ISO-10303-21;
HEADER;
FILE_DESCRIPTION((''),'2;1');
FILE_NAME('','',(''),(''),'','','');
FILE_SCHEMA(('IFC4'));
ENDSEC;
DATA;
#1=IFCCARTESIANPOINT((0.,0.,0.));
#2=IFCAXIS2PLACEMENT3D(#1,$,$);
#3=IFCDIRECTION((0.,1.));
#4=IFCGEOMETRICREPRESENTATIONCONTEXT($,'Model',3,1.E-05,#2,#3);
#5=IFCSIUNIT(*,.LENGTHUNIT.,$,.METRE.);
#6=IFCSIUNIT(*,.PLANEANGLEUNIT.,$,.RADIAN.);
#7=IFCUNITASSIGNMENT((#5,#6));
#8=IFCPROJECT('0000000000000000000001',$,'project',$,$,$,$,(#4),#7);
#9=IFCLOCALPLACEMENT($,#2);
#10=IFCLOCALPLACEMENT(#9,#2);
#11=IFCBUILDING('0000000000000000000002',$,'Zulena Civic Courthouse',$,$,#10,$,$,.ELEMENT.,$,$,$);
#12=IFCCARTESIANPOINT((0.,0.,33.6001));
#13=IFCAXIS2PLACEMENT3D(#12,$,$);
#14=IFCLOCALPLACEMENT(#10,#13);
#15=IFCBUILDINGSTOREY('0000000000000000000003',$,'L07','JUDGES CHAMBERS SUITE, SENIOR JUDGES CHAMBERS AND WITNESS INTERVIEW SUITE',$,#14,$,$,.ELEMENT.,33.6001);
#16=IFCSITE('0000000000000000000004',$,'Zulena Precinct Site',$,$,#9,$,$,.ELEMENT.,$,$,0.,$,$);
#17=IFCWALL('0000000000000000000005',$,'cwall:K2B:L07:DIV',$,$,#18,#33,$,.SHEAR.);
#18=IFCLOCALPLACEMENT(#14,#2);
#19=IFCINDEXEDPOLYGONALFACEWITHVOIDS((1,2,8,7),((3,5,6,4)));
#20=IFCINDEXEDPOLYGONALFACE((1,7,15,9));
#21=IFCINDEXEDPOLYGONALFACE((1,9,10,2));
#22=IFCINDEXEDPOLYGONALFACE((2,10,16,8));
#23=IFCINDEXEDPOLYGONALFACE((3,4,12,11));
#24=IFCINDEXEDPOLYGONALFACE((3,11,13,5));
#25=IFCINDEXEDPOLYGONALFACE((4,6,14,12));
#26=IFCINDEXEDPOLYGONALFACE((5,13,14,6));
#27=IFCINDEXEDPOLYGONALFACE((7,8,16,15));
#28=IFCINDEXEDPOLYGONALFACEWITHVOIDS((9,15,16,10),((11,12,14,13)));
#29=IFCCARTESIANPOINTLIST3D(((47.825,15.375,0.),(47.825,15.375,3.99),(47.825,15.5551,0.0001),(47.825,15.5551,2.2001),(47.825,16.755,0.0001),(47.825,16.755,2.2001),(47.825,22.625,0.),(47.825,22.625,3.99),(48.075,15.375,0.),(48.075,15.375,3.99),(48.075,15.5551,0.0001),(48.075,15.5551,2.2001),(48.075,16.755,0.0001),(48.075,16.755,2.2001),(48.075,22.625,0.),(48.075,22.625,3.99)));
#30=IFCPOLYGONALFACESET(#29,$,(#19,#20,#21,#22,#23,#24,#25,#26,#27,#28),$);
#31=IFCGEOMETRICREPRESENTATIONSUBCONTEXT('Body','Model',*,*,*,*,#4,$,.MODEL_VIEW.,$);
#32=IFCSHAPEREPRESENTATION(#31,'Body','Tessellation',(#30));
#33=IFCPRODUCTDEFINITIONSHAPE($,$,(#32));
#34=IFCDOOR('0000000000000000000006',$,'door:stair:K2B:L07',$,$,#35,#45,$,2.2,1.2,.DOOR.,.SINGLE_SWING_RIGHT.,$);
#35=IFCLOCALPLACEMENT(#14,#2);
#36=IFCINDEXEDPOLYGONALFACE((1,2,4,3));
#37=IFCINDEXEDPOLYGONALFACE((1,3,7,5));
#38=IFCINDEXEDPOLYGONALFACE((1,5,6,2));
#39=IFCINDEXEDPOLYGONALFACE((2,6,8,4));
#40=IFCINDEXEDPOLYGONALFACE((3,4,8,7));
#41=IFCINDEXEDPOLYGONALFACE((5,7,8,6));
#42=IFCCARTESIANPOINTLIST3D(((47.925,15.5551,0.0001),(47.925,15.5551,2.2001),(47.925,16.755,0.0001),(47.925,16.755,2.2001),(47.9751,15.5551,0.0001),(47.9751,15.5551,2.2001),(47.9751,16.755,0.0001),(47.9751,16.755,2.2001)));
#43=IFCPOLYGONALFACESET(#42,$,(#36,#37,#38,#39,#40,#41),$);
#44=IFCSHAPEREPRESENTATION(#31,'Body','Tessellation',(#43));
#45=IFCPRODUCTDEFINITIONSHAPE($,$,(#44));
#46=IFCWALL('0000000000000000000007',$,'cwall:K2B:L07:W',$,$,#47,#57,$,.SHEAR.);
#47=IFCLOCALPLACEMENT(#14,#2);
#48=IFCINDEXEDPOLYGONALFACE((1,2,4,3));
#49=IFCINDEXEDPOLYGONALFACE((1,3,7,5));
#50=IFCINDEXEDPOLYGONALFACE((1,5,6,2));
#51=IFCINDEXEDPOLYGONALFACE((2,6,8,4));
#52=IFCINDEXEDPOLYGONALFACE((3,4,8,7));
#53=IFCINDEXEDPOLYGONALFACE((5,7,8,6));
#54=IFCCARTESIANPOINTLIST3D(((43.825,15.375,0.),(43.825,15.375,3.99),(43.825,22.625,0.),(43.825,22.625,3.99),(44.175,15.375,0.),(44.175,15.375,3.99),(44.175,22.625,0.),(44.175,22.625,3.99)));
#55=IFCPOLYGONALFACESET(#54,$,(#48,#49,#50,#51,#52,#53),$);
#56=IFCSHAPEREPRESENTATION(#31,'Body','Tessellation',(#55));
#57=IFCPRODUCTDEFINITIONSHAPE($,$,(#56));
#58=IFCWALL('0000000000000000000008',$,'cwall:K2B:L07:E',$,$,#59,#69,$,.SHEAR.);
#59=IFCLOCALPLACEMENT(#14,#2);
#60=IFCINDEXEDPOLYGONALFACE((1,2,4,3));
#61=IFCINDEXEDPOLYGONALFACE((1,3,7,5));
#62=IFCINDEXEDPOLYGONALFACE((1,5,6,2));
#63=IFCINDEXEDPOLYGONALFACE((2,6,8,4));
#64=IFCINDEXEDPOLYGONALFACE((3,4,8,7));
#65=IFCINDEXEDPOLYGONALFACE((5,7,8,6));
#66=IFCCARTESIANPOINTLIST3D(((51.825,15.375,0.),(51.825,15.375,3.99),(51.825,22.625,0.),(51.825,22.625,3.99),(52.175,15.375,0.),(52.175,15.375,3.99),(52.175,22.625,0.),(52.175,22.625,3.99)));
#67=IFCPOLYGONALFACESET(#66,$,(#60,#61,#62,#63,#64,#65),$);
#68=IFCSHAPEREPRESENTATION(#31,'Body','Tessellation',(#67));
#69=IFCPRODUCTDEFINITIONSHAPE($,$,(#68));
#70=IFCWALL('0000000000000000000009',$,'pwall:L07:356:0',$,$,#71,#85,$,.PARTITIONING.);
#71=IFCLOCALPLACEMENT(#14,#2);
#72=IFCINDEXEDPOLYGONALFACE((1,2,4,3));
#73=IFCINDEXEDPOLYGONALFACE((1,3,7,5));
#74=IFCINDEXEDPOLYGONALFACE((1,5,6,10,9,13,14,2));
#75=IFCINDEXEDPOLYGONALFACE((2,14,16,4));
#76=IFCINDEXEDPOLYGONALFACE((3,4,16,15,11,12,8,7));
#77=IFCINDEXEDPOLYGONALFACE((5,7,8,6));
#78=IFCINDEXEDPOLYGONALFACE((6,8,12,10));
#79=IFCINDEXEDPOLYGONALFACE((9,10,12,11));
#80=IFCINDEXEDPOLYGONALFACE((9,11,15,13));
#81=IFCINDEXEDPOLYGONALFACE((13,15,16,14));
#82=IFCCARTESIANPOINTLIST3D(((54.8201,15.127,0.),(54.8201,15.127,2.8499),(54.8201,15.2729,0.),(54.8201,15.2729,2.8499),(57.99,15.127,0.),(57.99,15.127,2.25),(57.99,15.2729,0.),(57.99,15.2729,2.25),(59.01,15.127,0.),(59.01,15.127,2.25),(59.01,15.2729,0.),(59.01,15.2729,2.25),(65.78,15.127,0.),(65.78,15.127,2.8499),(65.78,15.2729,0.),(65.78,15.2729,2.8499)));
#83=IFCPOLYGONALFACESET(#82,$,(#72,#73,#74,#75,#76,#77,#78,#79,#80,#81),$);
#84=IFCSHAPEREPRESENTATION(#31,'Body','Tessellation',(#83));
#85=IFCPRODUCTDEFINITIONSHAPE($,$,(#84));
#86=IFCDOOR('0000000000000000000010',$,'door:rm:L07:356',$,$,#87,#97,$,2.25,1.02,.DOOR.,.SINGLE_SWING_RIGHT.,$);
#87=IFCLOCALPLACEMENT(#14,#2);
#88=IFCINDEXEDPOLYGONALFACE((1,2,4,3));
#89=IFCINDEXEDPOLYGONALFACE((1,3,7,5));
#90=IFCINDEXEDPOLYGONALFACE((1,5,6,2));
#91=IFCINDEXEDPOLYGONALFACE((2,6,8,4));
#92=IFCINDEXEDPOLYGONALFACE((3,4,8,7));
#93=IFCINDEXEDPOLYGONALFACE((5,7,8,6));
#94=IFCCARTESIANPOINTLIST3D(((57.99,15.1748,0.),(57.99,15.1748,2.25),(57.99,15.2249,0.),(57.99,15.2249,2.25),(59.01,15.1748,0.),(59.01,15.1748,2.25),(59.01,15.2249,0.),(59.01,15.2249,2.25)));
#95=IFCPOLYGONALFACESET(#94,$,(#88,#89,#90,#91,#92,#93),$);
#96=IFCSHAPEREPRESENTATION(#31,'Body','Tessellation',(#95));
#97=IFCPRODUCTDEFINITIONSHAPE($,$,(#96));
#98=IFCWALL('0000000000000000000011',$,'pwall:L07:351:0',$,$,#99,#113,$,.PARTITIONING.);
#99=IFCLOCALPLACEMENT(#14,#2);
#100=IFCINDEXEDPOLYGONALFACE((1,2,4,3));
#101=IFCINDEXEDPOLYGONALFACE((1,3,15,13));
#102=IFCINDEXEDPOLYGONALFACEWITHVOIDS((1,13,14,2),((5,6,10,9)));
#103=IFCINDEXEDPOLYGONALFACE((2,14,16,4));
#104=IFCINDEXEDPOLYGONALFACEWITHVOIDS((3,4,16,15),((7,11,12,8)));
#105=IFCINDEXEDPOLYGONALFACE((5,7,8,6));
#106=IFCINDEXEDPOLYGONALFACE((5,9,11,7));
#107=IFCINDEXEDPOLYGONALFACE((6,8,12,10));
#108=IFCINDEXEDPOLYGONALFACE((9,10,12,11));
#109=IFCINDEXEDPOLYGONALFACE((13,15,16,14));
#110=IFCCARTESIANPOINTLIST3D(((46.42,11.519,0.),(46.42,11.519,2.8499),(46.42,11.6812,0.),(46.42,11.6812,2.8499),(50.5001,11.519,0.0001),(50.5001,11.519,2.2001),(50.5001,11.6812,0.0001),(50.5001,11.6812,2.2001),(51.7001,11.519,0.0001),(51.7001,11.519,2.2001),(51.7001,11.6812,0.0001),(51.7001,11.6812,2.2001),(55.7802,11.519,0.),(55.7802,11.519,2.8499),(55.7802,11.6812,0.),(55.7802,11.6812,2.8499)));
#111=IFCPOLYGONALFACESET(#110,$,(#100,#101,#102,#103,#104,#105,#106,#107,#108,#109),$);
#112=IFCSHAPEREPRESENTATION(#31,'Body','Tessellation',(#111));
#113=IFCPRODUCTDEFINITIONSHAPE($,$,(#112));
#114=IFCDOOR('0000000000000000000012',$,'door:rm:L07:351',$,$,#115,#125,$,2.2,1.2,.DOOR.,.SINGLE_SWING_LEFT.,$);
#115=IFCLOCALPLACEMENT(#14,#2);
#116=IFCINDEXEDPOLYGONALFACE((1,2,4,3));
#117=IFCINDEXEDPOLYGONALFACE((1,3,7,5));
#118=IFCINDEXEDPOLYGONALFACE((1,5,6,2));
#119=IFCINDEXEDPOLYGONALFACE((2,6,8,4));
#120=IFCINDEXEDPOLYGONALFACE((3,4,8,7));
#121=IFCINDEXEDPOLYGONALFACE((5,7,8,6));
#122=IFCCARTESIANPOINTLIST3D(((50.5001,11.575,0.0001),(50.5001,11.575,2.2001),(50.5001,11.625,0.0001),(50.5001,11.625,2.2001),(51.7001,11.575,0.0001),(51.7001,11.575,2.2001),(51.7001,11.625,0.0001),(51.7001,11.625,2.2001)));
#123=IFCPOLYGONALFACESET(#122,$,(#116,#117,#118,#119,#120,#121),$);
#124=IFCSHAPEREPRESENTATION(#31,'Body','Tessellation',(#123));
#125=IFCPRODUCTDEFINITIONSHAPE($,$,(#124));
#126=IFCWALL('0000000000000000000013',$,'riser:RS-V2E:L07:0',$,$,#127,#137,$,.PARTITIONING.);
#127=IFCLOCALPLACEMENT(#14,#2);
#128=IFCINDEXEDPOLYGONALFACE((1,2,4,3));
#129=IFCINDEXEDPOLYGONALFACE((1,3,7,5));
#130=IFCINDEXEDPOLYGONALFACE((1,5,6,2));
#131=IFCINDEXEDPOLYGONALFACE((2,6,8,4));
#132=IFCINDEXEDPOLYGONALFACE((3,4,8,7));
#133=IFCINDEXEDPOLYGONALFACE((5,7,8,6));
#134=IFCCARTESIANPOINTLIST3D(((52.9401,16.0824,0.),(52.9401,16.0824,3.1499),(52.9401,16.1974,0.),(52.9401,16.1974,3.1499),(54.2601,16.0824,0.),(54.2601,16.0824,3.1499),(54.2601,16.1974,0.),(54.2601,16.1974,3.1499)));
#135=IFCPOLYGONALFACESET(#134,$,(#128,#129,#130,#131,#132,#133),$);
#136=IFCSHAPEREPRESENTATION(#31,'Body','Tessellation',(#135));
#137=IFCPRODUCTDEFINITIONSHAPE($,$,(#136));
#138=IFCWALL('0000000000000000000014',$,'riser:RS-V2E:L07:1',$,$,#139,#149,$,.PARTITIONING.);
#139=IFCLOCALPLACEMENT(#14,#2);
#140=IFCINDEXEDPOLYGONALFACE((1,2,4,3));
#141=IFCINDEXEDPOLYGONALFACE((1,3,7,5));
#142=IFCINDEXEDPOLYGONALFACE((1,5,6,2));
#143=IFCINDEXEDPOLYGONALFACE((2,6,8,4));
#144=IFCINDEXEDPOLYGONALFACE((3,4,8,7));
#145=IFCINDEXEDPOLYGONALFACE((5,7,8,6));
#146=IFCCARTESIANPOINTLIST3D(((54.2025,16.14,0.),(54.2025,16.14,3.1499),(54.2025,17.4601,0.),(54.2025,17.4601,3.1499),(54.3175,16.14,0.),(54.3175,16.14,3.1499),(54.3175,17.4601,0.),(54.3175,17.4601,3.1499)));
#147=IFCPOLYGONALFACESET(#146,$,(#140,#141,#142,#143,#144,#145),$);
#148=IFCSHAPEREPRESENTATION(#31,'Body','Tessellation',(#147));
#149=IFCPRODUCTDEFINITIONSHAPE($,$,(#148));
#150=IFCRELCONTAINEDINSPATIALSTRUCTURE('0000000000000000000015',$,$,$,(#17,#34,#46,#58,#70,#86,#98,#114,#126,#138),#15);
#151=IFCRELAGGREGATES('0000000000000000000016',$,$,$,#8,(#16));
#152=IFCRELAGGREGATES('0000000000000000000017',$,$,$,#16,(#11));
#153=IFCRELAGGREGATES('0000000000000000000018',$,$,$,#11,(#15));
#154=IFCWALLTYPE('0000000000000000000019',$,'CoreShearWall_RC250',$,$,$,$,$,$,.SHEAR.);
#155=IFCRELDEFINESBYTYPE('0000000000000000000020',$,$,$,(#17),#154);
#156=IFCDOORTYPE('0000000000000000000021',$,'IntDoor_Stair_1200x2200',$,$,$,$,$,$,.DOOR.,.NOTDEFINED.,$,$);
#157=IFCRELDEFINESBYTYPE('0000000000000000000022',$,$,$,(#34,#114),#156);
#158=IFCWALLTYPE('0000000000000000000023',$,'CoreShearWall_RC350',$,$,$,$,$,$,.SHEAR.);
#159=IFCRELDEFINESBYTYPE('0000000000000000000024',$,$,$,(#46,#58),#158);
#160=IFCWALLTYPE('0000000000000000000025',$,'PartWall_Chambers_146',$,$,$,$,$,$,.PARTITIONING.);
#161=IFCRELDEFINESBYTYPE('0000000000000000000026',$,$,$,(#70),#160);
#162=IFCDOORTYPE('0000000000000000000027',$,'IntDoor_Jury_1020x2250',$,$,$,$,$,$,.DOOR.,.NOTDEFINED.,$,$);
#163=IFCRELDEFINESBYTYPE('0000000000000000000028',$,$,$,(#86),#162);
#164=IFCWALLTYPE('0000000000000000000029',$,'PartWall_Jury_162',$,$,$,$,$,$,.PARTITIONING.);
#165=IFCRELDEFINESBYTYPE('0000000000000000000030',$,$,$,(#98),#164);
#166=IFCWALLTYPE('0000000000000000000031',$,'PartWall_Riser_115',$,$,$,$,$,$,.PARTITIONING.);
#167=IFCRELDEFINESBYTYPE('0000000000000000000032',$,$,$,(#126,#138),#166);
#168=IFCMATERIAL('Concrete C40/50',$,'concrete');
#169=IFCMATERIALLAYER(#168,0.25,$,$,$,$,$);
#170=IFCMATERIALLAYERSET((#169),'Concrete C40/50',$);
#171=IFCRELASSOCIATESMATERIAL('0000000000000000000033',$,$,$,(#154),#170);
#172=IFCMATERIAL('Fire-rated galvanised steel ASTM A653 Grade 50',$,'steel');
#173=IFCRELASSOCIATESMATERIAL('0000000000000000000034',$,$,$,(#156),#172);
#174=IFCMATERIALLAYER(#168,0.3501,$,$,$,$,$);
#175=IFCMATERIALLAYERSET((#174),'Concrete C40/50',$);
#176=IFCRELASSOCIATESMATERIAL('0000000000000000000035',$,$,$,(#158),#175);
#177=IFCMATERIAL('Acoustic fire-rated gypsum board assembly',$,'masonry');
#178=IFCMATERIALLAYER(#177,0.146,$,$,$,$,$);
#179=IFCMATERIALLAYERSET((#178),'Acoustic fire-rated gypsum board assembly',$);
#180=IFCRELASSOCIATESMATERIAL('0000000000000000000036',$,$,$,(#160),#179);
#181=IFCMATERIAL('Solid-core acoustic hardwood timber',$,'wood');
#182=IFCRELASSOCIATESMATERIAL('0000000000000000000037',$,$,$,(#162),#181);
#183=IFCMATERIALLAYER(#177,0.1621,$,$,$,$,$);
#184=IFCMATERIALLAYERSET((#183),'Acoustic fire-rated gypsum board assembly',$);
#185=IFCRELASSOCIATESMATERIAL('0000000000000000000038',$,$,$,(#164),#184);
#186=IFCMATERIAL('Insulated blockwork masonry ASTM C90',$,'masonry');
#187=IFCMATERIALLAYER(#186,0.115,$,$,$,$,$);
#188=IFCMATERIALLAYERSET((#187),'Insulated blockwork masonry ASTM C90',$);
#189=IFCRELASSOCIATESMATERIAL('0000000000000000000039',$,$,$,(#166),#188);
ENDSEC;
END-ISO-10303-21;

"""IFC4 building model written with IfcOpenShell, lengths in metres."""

from ifc_helpers import new_model, si_unit, direction, frame, frame_2d, origin, place, context, subcontext, project, spatial, rectangle, extrude, material, layer, layer_set, type_object, element, fill, save


model = new_model("IFC4")

# Units and contexts
model_context = context("Model", 3, precision=1e-05, world=origin(), true_north=direction((0.0, 1.0)))
body_context = subcontext(model_context, "Body", "Model", "MODEL_VIEW")
ifc_project = project(units=[si_unit("LENGTHUNIT", "METRE"), si_unit("PLANEANGLEUNIT", "RADIAN")], contexts=[model_context])

# Site, building, storey
site_placement = place(None, origin())
site = spatial("IfcSite", under=ifc_project, at=site_placement, Name="Zulena Precinct Site", CompositionType="ELEMENT", RefElevation=0.0)
building_placement = place(site_placement, origin())
building = spatial("IfcBuilding", under=site, at=building_placement, Name="Zulena Civic Courthouse", CompositionType="ELEMENT")
storey_placement = place(building_placement, frame((0.0, 0.0, 33.6001)))
storey = spatial("IfcBuildingStorey", under=building, at=storey_placement, Name="L07", Description="JUDGES CHAMBERS SUITE, SENIOR JUDGES CHAMBERS AND WITNESS INTERVIEW SUITE", CompositionType="ELEMENT", Elevation=33.6001)

# Wall, opening, door
ifc_material_1 = material(Name="Concrete C40/50", Category="concrete")
ifc_layer_1 = layer(ifc_material_1, 0.25)
ifc_layer_set_1 = layer_set([ifc_layer_1], Name="Concrete C40/50")
wall_type_1 = type_object("IfcWallType", Name="CoreShearWall_RC250", PredefinedType="SHEAR", material=ifc_layer_set_1)
wall_1_placement = place(storey_placement, frame((47.95, 15.375, 0.0), z_axis=(0.0, 0.0, 1.0), x_axis=(0.0, 1.0, 0.0)))
wall_1 = element("IfcWall", 1, at=wall_1_placement, inside=storey, type_object=wall_type_1, Name="cwall:K2B:L07:DIV", PredefinedType="SHEAR", context=body_context, shape_type="SweptSolid", body=[
    extrude(rectangle(XDim=7.25, YDim=0.25, at=frame_2d((3.625, 0.0))), origin(), (0.0, 0.0, 1.0), 3.99),
])
opening_1_placement = place(wall_1_placement, frame((0.1799, 0.0, 0.0)))
opening_1 = element("IfcOpeningElement", 2, at=opening_1_placement, cuts=wall_1, PredefinedType="OPENING", context=body_context, shape_type="SweptSolid", body=[
    extrude(rectangle(XDim=1.2, YDim=2.2, at=frame_2d((0.6001, 1.1001))), frame((0.0, 0.135, 0.0), z_axis=(0.0, -1.0, 0.0), x_axis=(1.0, 0.0, 0.0)), (0.0, 0.0, 1.0), 0.27),
])
ifc_material_2 = material(Name="Fire-rated galvanised steel ASTM A653 Grade 50", Category="steel")
door_type_1 = type_object("IfcDoorType", Name="IntDoor_Stair_1200x2200", OperationType="NOTDEFINED", PredefinedType="DOOR", material=ifc_material_2)
door_1_placement = place(opening_1_placement, origin())
door_1 = element("IfcDoor", 3, at=door_1_placement, inside=storey, type_object=door_type_1, Name="door:stair:K2B:L07", OperationType="SINGLE_SWING_RIGHT", OverallHeight=2.2, OverallWidth=1.2, PredefinedType="DOOR", context=body_context, shape_type="SweptSolid", body=[
    extrude(rectangle(XDim=1.2, YDim=2.2, at=frame_2d((0.6001, 1.1001))), frame((0.0, 0.0249, 0.0), z_axis=(0.0, -1.0, 0.0), x_axis=(1.0, 0.0, 0.0)), (0.0, 0.0, 1.0), 0.05),
])
fill(opening_1, door_1)

# Walls
ifc_layer_2 = layer(ifc_material_1, 0.3501)
ifc_layer_set_2 = layer_set([ifc_layer_2], Name="Concrete C40/50")
wall_type_2 = type_object("IfcWallType", Name="CoreShearWall_RC350", PredefinedType="SHEAR", material=ifc_layer_set_2)
for number, where, z_axis, x_axis, name in (
    (4, (44.0, 15.375, 0.0), (0.0, 0.0, 1.0), (0.0, 1.0, 0.0), "cwall:K2B:L07:W"),
    (5, (52.0, 15.375, 0.0), (0.0, 0.0, 1.0), (0.0, 1.0, 0.0), "cwall:K2B:L07:E"),
):
    element("IfcWall", number, at=place(storey_placement, frame(where, z_axis=z_axis, x_axis=x_axis)), inside=storey, type_object=wall_type_2, Name=name, PredefinedType="SHEAR", context=body_context, shape_type="SweptSolid", body=[
        extrude(rectangle(XDim=7.25, YDim=0.3501, at=frame_2d((3.625, 0.0))), origin(), (0.0, 0.0, 1.0), 3.99),
    ])

# Walls, openings, doors
ifc_material_3 = material(Name="Acoustic fire-rated gypsum board assembly", Category="masonry")
ifc_layer_3 = layer(ifc_material_3, 0.146)
ifc_layer_set_3 = layer_set([ifc_layer_3], Name="Acoustic fire-rated gypsum board assembly")
wall_type_3 = type_object("IfcWallType", Name="PartWall_Chambers_146", PredefinedType="PARTITIONING", material=ifc_layer_set_3)
wall_2_placement = place(storey_placement, frame((54.8201, 15.2, 0.0), z_axis=(0.0, 0.0, 1.0), x_axis=(1.0, 0.0, 0.0)))
wall_2 = element("IfcWall", 6, at=wall_2_placement, inside=storey, type_object=wall_type_3, Name="pwall:L07:356:0", PredefinedType="PARTITIONING", context=body_context, shape_type="SweptSolid", body=[
    extrude(rectangle(XDim=10.96, YDim=0.146, at=frame_2d((5.48, 0.0))), origin(), (0.0, 0.0, 1.0), 2.8499),
])
opening_2_placement = place(wall_2_placement, frame((3.1699, 0.0, 0.0)))
opening_2 = element("IfcOpeningElement", 7, at=opening_2_placement, cuts=wall_2, PredefinedType="OPENING", context=body_context, shape_type="SweptSolid", body=[
    extrude(rectangle(XDim=1.02, YDim=2.25, at=frame_2d((0.51, 1.125))), frame((0.0, 0.083, 0.0), z_axis=(0.0, -1.0, 0.0), x_axis=(1.0, 0.0, 0.0)), (0.0, 0.0, 1.0), 0.166),
])
ifc_material_4 = material(Name="Solid-core acoustic hardwood timber", Category="wood")
door_type_2 = type_object("IfcDoorType", Name="IntDoor_Jury_1020x2250", OperationType="NOTDEFINED", PredefinedType="DOOR", material=ifc_material_4)
door_2_placement = place(opening_2_placement, origin())
door_2 = element("IfcDoor", 8, at=door_2_placement, inside=storey, type_object=door_type_2, Name="door:rm:L07:356", OperationType="SINGLE_SWING_RIGHT", OverallHeight=2.25, OverallWidth=1.02, PredefinedType="DOOR", context=body_context, shape_type="SweptSolid", body=[
    extrude(rectangle(XDim=1.02, YDim=2.25, at=frame_2d((0.51, 1.125))), frame((0.0, 0.0249, 0.0), z_axis=(0.0, -1.0, 0.0), x_axis=(1.0, 0.0, 0.0)), (0.0, 0.0, 1.0), 0.05),
])
fill(opening_2, door_2)
ifc_layer_4 = layer(ifc_material_3, 0.1621)
ifc_layer_set_4 = layer_set([ifc_layer_4], Name="Acoustic fire-rated gypsum board assembly")
wall_type_4 = type_object("IfcWallType", Name="PartWall_Jury_162", PredefinedType="PARTITIONING", material=ifc_layer_set_4)
wall_3_placement = place(storey_placement, frame((46.4199, 11.6001, 0.0), z_axis=(0.0, 0.0, 1.0), x_axis=(1.0, 0.0, 0.0)))
wall_3 = element("IfcWall", 9, at=wall_3_placement, inside=storey, type_object=wall_type_4, Name="pwall:L07:351:0", PredefinedType="PARTITIONING", context=body_context, shape_type="SweptSolid", body=[
    extrude(rectangle(XDim=9.3601, YDim=0.1621, at=frame_2d((4.6802, 0.0))), origin(), (0.0, 0.0, 1.0), 2.8499),
])
opening_3_placement = place(wall_3_placement, frame((4.0801, 0.0, 0.0)))
opening_3 = element("IfcOpeningElement", 10, at=opening_3_placement, cuts=wall_3, PredefinedType="OPENING", context=body_context, shape_type="SweptSolid", body=[
    extrude(rectangle(XDim=1.2, YDim=2.2, at=frame_2d((0.6001, 1.1001))), frame((0.0, 0.0911, 0.0), z_axis=(0.0, -1.0, 0.0), x_axis=(1.0, 0.0, 0.0)), (0.0, 0.0, 1.0), 0.1821),
])
door_3_placement = place(opening_3_placement, origin())
door_3 = element("IfcDoor", 11, at=door_3_placement, inside=storey, type_object=door_type_1, Name="door:rm:L07:351", OperationType="SINGLE_SWING_LEFT", OverallHeight=2.2, OverallWidth=1.2, PredefinedType="DOOR", context=body_context, shape_type="SweptSolid", body=[
    extrude(rectangle(XDim=1.2, YDim=2.2, at=frame_2d((0.6001, 1.1001))), frame((0.0, 0.0249, 0.0), z_axis=(0.0, -1.0, 0.0), x_axis=(1.0, 0.0, 0.0)), (0.0, 0.0, 1.0), 0.05),
])
fill(opening_3, door_3)

# Walls
ifc_material_5 = material(Name="Insulated blockwork masonry ASTM C90", Category="masonry")
ifc_layer_5 = layer(ifc_material_5, 0.115)
ifc_layer_set_5 = layer_set([ifc_layer_5], Name="Insulated blockwork masonry ASTM C90")
wall_type_5 = type_object("IfcWallType", Name="PartWall_Riser_115", PredefinedType="PARTITIONING", material=ifc_layer_set_5)
for number, where, z_axis, x_axis, name in (
    (12, (52.9399, 16.1399, 0.0), (0.0, 0.0, 1.0), (1.0, 0.0, 0.0), "riser:RS-V2E:L07:0"),
    (13, (54.26, 16.1399, 0.0), (0.0, 0.0, 1.0), (0.0, 1.0, 0.0), "riser:RS-V2E:L07:1"),
):
    element("IfcWall", number, at=place(storey_placement, frame(where, z_axis=z_axis, x_axis=x_axis)), inside=storey, type_object=wall_type_5, Name=name, PredefinedType="PARTITIONING", context=body_context, shape_type="SweptSolid", body=[
        extrude(rectangle(XDim=1.3201, YDim=0.115, at=frame_2d((0.6602, 0.0))), origin(), (0.0, 0.0, 1.0), 3.1499),
    ])

save(model, "model.ifc")
